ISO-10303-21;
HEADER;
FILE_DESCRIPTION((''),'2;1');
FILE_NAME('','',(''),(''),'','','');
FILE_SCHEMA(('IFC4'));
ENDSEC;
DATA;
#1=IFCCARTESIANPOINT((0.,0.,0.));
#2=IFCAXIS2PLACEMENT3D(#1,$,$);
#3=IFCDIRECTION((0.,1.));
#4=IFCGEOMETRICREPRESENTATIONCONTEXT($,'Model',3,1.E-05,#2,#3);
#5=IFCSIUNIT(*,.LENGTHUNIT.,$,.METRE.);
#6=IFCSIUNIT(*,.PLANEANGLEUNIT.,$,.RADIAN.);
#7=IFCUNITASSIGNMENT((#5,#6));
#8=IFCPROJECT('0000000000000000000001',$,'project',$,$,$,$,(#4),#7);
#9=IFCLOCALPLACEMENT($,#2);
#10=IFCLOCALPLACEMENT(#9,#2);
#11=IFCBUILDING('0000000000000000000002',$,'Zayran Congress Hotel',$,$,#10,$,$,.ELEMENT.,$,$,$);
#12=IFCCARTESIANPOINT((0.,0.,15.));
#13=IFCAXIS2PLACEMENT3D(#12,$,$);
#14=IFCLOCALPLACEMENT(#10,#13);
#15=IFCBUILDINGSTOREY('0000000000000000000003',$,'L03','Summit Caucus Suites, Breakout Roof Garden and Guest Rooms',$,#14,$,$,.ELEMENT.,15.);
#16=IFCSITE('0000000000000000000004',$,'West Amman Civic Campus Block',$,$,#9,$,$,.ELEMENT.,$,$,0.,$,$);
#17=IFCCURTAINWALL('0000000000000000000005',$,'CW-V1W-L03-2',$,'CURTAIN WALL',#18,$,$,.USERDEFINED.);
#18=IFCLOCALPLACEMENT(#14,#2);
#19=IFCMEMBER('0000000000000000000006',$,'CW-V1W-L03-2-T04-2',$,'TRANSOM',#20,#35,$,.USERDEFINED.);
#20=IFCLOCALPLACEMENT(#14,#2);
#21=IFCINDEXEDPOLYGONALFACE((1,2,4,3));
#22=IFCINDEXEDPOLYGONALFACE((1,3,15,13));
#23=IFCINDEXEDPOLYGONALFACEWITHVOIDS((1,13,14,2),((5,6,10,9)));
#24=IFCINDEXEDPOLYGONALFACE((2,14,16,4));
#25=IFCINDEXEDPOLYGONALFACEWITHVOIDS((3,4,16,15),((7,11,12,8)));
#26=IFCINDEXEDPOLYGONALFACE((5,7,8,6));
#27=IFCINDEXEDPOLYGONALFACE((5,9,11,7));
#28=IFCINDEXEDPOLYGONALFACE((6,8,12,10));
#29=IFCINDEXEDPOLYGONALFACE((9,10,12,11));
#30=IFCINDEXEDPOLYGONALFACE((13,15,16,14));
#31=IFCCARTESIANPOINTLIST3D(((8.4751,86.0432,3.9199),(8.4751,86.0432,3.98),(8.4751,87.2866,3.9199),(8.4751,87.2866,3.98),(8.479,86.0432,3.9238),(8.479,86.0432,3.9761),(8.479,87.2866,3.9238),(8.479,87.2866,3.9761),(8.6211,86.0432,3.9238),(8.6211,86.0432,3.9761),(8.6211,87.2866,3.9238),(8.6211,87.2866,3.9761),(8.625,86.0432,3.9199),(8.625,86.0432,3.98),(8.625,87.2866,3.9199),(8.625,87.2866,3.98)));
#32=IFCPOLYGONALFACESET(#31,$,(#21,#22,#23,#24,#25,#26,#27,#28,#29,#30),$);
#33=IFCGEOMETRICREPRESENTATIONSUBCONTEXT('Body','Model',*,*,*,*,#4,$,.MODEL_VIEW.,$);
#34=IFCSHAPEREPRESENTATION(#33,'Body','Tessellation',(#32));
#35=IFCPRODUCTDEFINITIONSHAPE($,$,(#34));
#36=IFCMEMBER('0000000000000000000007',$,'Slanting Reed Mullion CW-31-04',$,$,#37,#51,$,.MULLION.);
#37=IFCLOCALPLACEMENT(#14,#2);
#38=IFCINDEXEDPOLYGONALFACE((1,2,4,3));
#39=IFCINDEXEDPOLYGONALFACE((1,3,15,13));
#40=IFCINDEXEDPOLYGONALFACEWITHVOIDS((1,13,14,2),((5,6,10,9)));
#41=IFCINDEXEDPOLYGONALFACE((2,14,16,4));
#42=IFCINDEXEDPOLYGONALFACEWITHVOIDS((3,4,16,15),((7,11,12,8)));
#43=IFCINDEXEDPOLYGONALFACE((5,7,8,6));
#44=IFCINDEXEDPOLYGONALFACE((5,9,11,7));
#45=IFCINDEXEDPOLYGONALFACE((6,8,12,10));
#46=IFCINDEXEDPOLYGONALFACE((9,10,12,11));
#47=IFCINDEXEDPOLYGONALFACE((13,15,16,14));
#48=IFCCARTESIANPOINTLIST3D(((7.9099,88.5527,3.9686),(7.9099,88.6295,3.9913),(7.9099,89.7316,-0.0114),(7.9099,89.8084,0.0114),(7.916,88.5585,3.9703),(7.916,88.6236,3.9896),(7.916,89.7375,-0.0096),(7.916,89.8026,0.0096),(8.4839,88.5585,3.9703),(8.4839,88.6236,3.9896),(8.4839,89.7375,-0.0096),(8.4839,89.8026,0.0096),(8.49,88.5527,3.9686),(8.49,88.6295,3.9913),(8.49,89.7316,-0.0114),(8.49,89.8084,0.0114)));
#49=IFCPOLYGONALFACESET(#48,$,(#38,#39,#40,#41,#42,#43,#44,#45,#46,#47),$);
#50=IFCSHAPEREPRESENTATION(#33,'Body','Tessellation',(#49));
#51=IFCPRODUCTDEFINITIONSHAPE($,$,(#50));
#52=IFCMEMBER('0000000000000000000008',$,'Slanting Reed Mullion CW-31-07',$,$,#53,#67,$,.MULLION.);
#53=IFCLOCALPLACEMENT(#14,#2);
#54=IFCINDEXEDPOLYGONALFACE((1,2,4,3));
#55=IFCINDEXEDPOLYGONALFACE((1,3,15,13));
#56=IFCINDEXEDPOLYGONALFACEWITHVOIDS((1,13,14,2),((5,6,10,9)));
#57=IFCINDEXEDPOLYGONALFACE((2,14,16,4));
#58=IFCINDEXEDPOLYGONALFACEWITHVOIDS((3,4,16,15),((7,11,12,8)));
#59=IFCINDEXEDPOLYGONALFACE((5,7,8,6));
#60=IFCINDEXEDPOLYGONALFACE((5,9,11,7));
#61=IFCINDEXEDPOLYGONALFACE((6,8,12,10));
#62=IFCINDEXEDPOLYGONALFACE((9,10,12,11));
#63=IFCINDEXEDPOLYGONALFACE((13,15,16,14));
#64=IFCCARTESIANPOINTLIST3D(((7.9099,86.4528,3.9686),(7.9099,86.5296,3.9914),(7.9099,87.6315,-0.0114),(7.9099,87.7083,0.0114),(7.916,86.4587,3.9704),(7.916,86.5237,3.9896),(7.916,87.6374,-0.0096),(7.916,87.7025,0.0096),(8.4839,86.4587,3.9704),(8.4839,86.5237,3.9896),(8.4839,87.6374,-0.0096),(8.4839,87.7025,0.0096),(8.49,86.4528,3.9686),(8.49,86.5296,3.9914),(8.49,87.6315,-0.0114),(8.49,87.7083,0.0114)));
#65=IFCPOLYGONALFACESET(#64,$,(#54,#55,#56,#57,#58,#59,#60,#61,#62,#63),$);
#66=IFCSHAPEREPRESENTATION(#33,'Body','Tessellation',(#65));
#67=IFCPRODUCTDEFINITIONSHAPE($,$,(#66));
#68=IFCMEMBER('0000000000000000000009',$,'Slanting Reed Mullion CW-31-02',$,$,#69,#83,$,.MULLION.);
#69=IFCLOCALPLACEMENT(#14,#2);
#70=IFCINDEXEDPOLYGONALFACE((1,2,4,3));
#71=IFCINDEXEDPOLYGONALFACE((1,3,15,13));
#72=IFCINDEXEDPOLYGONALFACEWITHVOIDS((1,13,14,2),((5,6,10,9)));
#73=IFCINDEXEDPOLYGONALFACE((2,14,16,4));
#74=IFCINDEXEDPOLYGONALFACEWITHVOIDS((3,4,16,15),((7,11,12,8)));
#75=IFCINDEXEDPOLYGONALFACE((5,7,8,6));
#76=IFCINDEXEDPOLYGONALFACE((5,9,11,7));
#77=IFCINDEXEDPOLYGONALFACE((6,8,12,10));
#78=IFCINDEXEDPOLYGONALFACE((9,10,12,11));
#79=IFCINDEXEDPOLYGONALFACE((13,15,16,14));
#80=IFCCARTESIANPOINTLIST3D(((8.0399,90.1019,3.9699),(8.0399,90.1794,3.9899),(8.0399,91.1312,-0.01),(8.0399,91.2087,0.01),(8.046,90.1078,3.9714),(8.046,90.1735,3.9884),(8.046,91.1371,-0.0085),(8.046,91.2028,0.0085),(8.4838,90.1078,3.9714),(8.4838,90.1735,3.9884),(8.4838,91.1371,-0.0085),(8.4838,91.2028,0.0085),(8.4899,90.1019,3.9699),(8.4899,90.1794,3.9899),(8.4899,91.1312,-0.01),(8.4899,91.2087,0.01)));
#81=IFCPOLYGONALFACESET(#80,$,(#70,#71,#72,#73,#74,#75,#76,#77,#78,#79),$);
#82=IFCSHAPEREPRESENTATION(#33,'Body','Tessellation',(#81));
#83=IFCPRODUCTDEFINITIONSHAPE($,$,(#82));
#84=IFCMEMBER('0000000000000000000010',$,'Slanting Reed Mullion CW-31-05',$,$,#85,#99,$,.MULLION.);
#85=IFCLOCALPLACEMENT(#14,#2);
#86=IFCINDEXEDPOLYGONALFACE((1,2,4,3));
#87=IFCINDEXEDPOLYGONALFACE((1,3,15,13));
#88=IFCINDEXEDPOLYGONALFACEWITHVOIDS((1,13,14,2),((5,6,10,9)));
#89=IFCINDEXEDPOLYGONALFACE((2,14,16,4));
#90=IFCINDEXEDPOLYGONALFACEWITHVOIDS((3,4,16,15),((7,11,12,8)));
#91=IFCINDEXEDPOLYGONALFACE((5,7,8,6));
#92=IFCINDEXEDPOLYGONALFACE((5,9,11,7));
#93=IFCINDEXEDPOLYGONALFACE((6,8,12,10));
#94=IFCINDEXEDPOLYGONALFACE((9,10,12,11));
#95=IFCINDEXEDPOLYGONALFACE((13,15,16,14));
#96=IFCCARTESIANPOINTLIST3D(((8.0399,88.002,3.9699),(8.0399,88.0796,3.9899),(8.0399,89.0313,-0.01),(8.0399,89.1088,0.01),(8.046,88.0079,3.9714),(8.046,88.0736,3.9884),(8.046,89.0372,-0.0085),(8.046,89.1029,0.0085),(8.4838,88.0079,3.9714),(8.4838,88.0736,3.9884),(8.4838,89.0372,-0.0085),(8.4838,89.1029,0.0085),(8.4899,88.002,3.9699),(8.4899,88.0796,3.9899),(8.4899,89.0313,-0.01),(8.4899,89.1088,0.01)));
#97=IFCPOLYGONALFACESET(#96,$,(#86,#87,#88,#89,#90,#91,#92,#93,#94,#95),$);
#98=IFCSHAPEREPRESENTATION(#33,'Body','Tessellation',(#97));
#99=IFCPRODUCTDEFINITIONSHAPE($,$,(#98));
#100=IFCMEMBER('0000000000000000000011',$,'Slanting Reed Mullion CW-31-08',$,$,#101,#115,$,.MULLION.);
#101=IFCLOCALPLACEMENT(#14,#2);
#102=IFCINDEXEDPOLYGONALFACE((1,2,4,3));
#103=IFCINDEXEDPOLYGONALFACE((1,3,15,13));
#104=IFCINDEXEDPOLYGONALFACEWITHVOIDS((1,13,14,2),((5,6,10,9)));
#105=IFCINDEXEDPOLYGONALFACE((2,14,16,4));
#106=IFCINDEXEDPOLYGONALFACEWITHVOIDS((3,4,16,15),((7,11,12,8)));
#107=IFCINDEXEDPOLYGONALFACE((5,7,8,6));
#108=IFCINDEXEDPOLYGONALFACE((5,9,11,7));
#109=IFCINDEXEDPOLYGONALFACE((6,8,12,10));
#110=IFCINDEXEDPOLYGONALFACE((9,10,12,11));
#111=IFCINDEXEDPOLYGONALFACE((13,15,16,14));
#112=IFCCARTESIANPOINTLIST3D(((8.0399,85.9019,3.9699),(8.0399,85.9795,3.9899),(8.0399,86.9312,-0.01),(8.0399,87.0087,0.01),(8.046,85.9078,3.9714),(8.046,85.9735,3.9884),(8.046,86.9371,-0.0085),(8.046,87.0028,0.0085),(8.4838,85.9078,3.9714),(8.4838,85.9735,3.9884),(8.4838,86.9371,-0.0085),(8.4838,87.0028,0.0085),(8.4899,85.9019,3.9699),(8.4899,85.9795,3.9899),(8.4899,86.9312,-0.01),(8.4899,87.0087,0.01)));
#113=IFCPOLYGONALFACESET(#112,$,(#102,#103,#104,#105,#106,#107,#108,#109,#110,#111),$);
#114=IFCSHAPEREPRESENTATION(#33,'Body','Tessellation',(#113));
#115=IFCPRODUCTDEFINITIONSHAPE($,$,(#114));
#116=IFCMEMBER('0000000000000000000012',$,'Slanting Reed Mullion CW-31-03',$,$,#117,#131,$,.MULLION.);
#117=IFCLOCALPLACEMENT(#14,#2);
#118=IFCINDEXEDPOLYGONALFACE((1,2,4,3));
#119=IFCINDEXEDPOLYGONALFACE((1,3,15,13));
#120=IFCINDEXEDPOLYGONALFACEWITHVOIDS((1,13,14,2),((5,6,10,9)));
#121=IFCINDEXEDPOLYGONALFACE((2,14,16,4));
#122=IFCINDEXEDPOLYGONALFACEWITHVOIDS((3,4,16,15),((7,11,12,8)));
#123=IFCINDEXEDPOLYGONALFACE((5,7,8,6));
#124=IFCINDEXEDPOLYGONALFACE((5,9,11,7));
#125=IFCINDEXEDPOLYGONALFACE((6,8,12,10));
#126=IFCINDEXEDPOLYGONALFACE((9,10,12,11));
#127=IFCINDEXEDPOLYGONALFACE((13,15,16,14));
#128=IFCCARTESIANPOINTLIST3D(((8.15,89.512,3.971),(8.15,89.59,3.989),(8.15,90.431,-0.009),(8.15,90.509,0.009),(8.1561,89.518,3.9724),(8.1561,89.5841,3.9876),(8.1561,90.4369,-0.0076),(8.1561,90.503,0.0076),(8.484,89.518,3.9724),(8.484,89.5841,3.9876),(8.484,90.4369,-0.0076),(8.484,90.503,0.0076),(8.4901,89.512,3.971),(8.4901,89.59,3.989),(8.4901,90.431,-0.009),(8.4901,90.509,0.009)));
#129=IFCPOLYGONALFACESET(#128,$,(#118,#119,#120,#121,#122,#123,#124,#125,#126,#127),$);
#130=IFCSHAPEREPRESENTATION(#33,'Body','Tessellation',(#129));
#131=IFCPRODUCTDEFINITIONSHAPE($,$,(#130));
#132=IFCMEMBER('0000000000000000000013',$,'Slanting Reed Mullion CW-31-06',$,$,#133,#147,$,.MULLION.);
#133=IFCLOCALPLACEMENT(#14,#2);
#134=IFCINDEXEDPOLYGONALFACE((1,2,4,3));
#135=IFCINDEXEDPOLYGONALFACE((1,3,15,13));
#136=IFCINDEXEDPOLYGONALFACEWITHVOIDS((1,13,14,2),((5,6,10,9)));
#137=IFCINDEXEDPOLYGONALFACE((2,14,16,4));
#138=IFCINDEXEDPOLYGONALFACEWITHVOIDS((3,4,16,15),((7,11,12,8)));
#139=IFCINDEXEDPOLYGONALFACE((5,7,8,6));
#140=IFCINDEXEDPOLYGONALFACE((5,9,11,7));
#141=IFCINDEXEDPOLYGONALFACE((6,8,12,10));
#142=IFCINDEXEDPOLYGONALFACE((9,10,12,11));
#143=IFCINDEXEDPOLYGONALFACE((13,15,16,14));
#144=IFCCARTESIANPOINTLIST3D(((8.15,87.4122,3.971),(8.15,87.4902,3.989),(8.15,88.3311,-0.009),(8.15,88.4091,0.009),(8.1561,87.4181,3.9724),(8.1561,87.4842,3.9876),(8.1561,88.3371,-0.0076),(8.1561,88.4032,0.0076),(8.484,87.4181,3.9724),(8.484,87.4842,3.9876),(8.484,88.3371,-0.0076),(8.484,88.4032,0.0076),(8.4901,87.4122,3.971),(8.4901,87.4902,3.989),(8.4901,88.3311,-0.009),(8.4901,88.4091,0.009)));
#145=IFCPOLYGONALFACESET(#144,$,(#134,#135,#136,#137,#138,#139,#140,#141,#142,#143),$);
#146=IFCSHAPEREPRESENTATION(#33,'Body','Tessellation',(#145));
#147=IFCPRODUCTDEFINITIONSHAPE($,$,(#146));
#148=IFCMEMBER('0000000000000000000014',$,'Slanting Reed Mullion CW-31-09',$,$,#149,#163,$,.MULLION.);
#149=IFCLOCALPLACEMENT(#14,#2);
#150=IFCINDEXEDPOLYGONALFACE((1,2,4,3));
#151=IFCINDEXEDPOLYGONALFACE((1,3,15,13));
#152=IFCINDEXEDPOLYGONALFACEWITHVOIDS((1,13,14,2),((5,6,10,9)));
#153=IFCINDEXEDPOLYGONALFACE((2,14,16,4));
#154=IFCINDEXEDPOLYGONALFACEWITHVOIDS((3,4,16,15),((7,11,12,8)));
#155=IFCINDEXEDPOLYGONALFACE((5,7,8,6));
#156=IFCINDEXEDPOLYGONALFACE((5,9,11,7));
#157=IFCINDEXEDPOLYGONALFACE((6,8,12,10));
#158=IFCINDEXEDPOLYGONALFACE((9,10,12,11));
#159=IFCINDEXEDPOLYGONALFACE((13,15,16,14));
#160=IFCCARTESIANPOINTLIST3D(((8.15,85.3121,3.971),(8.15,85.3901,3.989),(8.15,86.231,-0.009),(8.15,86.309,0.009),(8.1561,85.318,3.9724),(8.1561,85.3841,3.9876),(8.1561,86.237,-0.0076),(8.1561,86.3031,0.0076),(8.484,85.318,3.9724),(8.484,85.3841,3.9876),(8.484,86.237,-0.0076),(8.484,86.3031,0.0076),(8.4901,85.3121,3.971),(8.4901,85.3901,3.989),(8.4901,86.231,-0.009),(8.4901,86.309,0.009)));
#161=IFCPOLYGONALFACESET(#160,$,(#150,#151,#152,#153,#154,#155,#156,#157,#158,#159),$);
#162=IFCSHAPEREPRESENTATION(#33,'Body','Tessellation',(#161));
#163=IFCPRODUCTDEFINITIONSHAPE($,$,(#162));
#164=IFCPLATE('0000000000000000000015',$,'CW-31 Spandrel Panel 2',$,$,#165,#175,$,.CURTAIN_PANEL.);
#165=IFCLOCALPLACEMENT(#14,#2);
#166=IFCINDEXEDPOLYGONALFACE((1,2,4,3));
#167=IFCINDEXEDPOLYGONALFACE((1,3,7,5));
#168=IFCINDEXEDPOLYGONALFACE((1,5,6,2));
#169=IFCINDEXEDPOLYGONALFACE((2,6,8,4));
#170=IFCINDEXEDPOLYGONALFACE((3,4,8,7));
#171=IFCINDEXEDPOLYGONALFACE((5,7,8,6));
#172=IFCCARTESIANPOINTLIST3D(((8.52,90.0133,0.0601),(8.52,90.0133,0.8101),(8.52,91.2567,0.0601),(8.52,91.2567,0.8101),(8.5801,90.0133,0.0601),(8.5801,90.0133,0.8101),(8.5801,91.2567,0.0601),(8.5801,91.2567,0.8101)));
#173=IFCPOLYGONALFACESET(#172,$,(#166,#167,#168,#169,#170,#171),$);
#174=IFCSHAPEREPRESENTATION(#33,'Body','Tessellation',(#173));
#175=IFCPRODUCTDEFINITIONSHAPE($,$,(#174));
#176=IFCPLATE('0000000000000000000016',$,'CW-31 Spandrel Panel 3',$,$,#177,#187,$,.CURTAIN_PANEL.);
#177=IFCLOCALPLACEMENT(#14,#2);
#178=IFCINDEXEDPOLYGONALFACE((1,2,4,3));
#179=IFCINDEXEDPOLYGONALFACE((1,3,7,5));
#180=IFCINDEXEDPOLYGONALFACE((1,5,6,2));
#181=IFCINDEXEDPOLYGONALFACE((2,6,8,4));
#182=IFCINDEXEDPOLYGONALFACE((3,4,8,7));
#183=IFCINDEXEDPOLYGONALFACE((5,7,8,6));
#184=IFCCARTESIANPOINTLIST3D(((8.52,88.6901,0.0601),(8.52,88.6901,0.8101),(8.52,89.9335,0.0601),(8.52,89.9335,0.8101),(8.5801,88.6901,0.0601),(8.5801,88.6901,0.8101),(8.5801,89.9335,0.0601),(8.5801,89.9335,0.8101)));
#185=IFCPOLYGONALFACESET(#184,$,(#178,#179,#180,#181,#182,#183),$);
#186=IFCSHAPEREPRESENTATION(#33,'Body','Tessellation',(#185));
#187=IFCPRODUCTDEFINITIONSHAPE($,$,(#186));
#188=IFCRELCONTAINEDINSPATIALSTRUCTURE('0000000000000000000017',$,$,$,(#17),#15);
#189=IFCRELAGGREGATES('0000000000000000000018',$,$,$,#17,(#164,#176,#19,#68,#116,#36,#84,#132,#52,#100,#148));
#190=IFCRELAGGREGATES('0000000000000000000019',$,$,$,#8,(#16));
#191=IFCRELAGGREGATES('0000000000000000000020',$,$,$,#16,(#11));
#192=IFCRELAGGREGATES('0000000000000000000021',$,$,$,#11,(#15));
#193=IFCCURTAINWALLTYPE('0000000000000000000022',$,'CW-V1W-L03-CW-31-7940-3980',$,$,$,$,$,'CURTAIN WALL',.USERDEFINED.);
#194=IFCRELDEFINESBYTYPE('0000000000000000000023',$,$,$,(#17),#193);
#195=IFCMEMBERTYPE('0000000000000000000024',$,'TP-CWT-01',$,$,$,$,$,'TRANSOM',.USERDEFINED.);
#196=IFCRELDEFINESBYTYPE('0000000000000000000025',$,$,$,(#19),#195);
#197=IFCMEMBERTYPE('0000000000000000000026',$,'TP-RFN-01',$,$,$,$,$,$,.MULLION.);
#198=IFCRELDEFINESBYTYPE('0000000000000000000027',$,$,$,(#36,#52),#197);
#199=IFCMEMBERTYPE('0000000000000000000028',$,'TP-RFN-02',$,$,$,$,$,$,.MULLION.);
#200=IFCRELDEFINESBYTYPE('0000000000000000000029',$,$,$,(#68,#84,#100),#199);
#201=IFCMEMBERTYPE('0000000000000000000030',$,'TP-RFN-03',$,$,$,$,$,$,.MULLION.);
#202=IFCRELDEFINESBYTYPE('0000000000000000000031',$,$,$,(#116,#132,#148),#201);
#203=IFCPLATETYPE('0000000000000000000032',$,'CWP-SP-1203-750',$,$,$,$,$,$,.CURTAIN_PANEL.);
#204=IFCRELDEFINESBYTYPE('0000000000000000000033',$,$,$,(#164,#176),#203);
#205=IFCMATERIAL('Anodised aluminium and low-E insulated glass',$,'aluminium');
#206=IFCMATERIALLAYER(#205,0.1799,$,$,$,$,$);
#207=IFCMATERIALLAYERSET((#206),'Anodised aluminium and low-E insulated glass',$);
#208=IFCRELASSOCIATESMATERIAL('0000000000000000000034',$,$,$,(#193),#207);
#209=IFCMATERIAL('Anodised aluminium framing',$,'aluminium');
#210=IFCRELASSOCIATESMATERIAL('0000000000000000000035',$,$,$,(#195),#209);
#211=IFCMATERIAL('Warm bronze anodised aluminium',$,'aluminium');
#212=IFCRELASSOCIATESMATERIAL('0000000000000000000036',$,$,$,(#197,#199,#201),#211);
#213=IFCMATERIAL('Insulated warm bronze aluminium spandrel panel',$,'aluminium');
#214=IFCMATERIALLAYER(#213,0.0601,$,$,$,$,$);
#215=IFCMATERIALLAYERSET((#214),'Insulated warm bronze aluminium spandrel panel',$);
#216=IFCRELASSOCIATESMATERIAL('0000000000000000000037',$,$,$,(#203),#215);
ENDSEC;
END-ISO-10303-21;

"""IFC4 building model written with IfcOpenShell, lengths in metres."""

from ifc_helpers import new_model, si_unit, direction, frame, origin, origin_2d, place, context, subcontext, project, spatial, rectangle, hollow_rectangle, extrude, material, layer, layer_set, material_profile, profile_set, type_object, element, aggregate, save


model = new_model("IFC4")

# Units and contexts
model_context = context("Model", 3, precision=1e-05, world=origin(), true_north=direction((0.0, 1.0)))
body_context = subcontext(model_context, "Body", "Model", "MODEL_VIEW")
ifc_project = project(units=[si_unit("LENGTHUNIT", "METRE"), si_unit("PLANEANGLEUNIT", "RADIAN")], contexts=[model_context])

# Site, building, storey
site_placement = place(None, origin())
site = spatial("IfcSite", under=ifc_project, at=site_placement, Name="West Amman Civic Campus Block", CompositionType="ELEMENT", RefElevation=0.0)
building_placement = place(site_placement, origin())
building = spatial("IfcBuilding", under=site, at=building_placement, Name="Zayran Congress Hotel", CompositionType="ELEMENT")
storey_placement = place(building_placement, frame((0.0, 0.0, 15.0)))
storey = spatial("IfcBuildingStorey", under=building, at=storey_placement, Name="L03", Description="Summit Caucus Suites, Breakout Roof Garden and Guest Rooms", CompositionType="ELEMENT", Elevation=15.0)

# Curtain wall, members, plates
ifc_material_1 = material(Name="Anodised aluminium and low-E insulated glass", Category="aluminium")
ifc_layer_1 = layer(ifc_material_1, 0.1799)
ifc_layer_set_1 = layer_set([ifc_layer_1], Name="Anodised aluminium and low-E insulated glass")
curtain_wall_type = type_object("IfcCurtainWallType", Name="CW-V1W-L03-CW-31-7940-3980", ElementType="CURTAIN WALL", PredefinedType="USERDEFINED", material=ifc_layer_set_1)
curtain_wall_placement = place(storey_placement, origin())
curtain_wall = element("IfcCurtainWall", 1, at=curtain_wall_placement, inside=storey, type_object=curtain_wall_type, Name="CW-V1W-L03-2", ObjectType="CURTAIN WALL", PredefinedType="USERDEFINED")
ifc_material_2 = material(Name="Anodised aluminium framing", Category="aluminium")
ifc_material_profile_1 = material_profile(ifc_material_2, hollow_rectangle(XDim=0.0601, YDim=0.1499, WallThickness=0.0039, at=origin_2d()), Name="RHS 150x60x4")
ifc_profile_set_1 = profile_set([ifc_material_profile_1], Name="Anodised aluminium framing")
member_type_1 = type_object("IfcMemberType", Name="TP-CWT-01", ElementType="TRANSOM", PredefinedType="USERDEFINED", material=ifc_profile_set_1)
member_1_placement = place(storey_placement, frame((8.55, 87.2866, 3.95), z_axis=(0.0, -1.0, 0.0), x_axis=(0.0, 0.0, 1.0)))
member_1 = element("IfcMember", 2, at=member_1_placement, type_object=member_type_1, Name="CW-V1W-L03-2-T04-2", ObjectType="TRANSOM", PredefinedType="USERDEFINED", context=body_context, shape_type="SweptSolid", body=[
    extrude(hollow_rectangle(XDim=0.0601, YDim=0.1499, WallThickness=0.0039, at=origin_2d()), origin(), (0.0, 0.0, 1.0), 1.2434),
])
ifc_material_3 = material(Name="Warm bronze anodised aluminium", Category="aluminium")
ifc_material_profile_2 = material_profile(ifc_material_3, hollow_rectangle(XDim=0.0801, YDim=0.5801, WallThickness=0.0061, at=origin_2d()), Name="RHS 580x80x6")
ifc_profile_set_2 = profile_set([ifc_material_profile_2], Name="Warm bronze anodised aluminium")
member_type_2 = type_object("IfcMemberType", Name="TP-RFN-01", PredefinedType="MULLION", material=ifc_profile_set_2)
member_2_placement = place(storey_placement, frame((8.2, 89.77, 0.0), z_axis=(0.0, -0.284022, 0.958818), x_axis=(0.0, 0.958818, 0.284022)))
member_2 = element("IfcMember", 3, at=member_2_placement, type_object=member_type_2, Name="Slanting Reed Mullion CW-31-04", PredefinedType="MULLION", context=body_context, shape_type="SweptSolid", body=[
    extrude(hollow_rectangle(XDim=0.0801, YDim=0.5801, WallThickness=0.0061, at=origin_2d()), origin(), (0.0, 0.0, 1.0), 4.1509),
])
member_3_placement = place(storey_placement, frame((8.2, 87.6699, 0.0), z_axis=(0.0, -0.283968, 0.958834), x_axis=(0.0, 0.958834, 0.283968)))
member_3 = element("IfcMember", 4, at=member_3_placement, type_object=member_type_2, Name="Slanting Reed Mullion CW-31-07", PredefinedType="MULLION", context=body_context, shape_type="SweptSolid", body=[
    extrude(hollow_rectangle(XDim=0.0801, YDim=0.5801, WallThickness=0.0061, at=origin_2d()), origin(), (0.0, 0.0, 1.0), 4.1509),
])
ifc_material_profile_3 = material_profile(ifc_material_3, hollow_rectangle(XDim=0.0801, YDim=0.45, WallThickness=0.0061, at=origin_2d()), Name="RHS 450x80x6")
ifc_profile_set_3 = profile_set([ifc_material_profile_3], Name="Warm bronze anodised aluminium")
member_type_3 = type_object("IfcMemberType", Name="TP-RFN-02", PredefinedType="MULLION", material=ifc_profile_set_3)
member_4_placement = place(storey_placement, frame((8.2649, 91.1699, 0.0), z_axis=(0.0, -0.250381, 0.968147), x_axis=(0.0, 0.968147, 0.250381)))
member_4 = element("IfcMember", 5, at=member_4_placement, type_object=member_type_3, Name="Slanting Reed Mullion CW-31-02", PredefinedType="MULLION", context=body_context, shape_type="SweptSolid", body=[
    extrude(hollow_rectangle(XDim=0.0801, YDim=0.45, WallThickness=0.0061, at=origin_2d()), origin(), (0.0, 0.0, 1.0), 4.1108),
])
member_5_placement = place(storey_placement, frame((8.2649, 89.0701, 0.0), z_axis=(0.0, -0.250381, 0.968147), x_axis=(0.0, 0.968147, 0.250381)))
member_5 = element("IfcMember", 6, at=member_5_placement, type_object=member_type_3, Name="Slanting Reed Mullion CW-31-05", PredefinedType="MULLION", context=body_context, shape_type="SweptSolid", body=[
    extrude(hollow_rectangle(XDim=0.0801, YDim=0.45, WallThickness=0.0061, at=origin_2d()), origin(), (0.0, 0.0, 1.0), 4.1108),
])
member_6_placement = place(storey_placement, frame((8.2649, 86.97, 0.0), z_axis=(0.0, -0.250381, 0.968147), x_axis=(0.0, 0.968147, 0.250381)))
member_6 = element("IfcMember", 7, at=member_6_placement, type_object=member_type_3, Name="Slanting Reed Mullion CW-31-08", PredefinedType="MULLION", context=body_context, shape_type="SweptSolid", body=[
    extrude(hollow_rectangle(XDim=0.0801, YDim=0.45, WallThickness=0.0061, at=origin_2d()), origin(), (0.0, 0.0, 1.0), 4.1108),
])
ifc_material_profile_4 = material_profile(ifc_material_3, hollow_rectangle(XDim=0.0801, YDim=0.3401, WallThickness=0.0061, at=origin_2d()), Name="RHS 340x80x6")
ifc_profile_set_4 = profile_set([ifc_material_profile_4], Name="Warm bronze anodised aluminium")
member_type_4 = type_object("IfcMemberType", Name="TP-RFN-03", PredefinedType="MULLION", material=ifc_profile_set_4)
member_7_placement = place(storey_placement, frame((8.3201, 90.47, 0.0), z_axis=(0.0, -0.224973, 0.974365), x_axis=(0.0, 0.974365, 0.224973)))
member_7 = element("IfcMember", 8, at=member_7_placement, type_object=member_type_4, Name="Slanting Reed Mullion CW-31-03", PredefinedType="MULLION", context=body_context, shape_type="SweptSolid", body=[
    extrude(hollow_rectangle(XDim=0.0801, YDim=0.3401, WallThickness=0.0061, at=origin_2d()), origin(), (0.0, 0.0, 1.0), 4.0847),
])
member_8_placement = place(storey_placement, frame((8.3201, 88.3701, 0.0), z_axis=(0.0, -0.224973, 0.974365), x_axis=(0.0, 0.974365, 0.224973)))
member_8 = element("IfcMember", 9, at=member_8_placement, type_object=member_type_4, Name="Slanting Reed Mullion CW-31-06", PredefinedType="MULLION", context=body_context, shape_type="SweptSolid", body=[
    extrude(hollow_rectangle(XDim=0.0801, YDim=0.3401, WallThickness=0.0061, at=origin_2d()), origin(), (0.0, 0.0, 1.0), 4.0847),
])
member_9_placement = place(storey_placement, frame((8.3201, 86.27, 0.0), z_axis=(0.0, -0.224973, 0.974365), x_axis=(0.0, 0.974365, 0.224973)))
member_9 = element("IfcMember", 10, at=member_9_placement, type_object=member_type_4, Name="Slanting Reed Mullion CW-31-09", PredefinedType="MULLION", context=body_context, shape_type="SweptSolid", body=[
    extrude(hollow_rectangle(XDim=0.0801, YDim=0.3401, WallThickness=0.0061, at=origin_2d()), origin(), (0.0, 0.0, 1.0), 4.0847),
])
ifc_material_4 = material(Name="Insulated warm bronze aluminium spandrel panel", Category="aluminium")
ifc_layer_2 = layer(ifc_material_4, 0.0601)
ifc_layer_set_2 = layer_set([ifc_layer_2], Name="Insulated warm bronze aluminium spandrel panel")
plate_type_1 = type_object("IfcPlateType", Name="CWP-SP-1203-750", PredefinedType="CURTAIN_PANEL", material=ifc_layer_set_2)
plate_1_placement = place(storey_placement, frame((8.55, 90.635, 0.0601), z_axis=(0.0, 0.0, 1.0), x_axis=(0.0, 1.0, 0.0)))
plate_1 = element("IfcPlate", 11, at=plate_1_placement, type_object=plate_type_1, Name="CW-31 Spandrel Panel 2", PredefinedType="CURTAIN_PANEL", context=body_context, shape_type="SweptSolid", body=[
    extrude(rectangle(XDim=1.2434, YDim=0.0601, at=origin_2d()), origin(), (0.0, 0.0, 1.0), 0.75),
])
plate_2_placement = place(storey_placement, frame((8.55, 89.3118, 0.0601), z_axis=(0.0, 0.0, 1.0), x_axis=(0.0, 1.0, 0.0)))
plate_2 = element("IfcPlate", 12, at=plate_2_placement, type_object=plate_type_1, Name="CW-31 Spandrel Panel 3", PredefinedType="CURTAIN_PANEL", context=body_context, shape_type="SweptSolid", body=[
    extrude(rectangle(XDim=1.2434, YDim=0.0601, at=origin_2d()), origin(), (0.0, 0.0, 1.0), 0.75),
])
aggregate(curtain_wall, [plate_1, plate_2, member_1, member_4, member_7, member_2, member_5, member_8, member_3, member_6, member_9])

save(model, "model.ifc")
